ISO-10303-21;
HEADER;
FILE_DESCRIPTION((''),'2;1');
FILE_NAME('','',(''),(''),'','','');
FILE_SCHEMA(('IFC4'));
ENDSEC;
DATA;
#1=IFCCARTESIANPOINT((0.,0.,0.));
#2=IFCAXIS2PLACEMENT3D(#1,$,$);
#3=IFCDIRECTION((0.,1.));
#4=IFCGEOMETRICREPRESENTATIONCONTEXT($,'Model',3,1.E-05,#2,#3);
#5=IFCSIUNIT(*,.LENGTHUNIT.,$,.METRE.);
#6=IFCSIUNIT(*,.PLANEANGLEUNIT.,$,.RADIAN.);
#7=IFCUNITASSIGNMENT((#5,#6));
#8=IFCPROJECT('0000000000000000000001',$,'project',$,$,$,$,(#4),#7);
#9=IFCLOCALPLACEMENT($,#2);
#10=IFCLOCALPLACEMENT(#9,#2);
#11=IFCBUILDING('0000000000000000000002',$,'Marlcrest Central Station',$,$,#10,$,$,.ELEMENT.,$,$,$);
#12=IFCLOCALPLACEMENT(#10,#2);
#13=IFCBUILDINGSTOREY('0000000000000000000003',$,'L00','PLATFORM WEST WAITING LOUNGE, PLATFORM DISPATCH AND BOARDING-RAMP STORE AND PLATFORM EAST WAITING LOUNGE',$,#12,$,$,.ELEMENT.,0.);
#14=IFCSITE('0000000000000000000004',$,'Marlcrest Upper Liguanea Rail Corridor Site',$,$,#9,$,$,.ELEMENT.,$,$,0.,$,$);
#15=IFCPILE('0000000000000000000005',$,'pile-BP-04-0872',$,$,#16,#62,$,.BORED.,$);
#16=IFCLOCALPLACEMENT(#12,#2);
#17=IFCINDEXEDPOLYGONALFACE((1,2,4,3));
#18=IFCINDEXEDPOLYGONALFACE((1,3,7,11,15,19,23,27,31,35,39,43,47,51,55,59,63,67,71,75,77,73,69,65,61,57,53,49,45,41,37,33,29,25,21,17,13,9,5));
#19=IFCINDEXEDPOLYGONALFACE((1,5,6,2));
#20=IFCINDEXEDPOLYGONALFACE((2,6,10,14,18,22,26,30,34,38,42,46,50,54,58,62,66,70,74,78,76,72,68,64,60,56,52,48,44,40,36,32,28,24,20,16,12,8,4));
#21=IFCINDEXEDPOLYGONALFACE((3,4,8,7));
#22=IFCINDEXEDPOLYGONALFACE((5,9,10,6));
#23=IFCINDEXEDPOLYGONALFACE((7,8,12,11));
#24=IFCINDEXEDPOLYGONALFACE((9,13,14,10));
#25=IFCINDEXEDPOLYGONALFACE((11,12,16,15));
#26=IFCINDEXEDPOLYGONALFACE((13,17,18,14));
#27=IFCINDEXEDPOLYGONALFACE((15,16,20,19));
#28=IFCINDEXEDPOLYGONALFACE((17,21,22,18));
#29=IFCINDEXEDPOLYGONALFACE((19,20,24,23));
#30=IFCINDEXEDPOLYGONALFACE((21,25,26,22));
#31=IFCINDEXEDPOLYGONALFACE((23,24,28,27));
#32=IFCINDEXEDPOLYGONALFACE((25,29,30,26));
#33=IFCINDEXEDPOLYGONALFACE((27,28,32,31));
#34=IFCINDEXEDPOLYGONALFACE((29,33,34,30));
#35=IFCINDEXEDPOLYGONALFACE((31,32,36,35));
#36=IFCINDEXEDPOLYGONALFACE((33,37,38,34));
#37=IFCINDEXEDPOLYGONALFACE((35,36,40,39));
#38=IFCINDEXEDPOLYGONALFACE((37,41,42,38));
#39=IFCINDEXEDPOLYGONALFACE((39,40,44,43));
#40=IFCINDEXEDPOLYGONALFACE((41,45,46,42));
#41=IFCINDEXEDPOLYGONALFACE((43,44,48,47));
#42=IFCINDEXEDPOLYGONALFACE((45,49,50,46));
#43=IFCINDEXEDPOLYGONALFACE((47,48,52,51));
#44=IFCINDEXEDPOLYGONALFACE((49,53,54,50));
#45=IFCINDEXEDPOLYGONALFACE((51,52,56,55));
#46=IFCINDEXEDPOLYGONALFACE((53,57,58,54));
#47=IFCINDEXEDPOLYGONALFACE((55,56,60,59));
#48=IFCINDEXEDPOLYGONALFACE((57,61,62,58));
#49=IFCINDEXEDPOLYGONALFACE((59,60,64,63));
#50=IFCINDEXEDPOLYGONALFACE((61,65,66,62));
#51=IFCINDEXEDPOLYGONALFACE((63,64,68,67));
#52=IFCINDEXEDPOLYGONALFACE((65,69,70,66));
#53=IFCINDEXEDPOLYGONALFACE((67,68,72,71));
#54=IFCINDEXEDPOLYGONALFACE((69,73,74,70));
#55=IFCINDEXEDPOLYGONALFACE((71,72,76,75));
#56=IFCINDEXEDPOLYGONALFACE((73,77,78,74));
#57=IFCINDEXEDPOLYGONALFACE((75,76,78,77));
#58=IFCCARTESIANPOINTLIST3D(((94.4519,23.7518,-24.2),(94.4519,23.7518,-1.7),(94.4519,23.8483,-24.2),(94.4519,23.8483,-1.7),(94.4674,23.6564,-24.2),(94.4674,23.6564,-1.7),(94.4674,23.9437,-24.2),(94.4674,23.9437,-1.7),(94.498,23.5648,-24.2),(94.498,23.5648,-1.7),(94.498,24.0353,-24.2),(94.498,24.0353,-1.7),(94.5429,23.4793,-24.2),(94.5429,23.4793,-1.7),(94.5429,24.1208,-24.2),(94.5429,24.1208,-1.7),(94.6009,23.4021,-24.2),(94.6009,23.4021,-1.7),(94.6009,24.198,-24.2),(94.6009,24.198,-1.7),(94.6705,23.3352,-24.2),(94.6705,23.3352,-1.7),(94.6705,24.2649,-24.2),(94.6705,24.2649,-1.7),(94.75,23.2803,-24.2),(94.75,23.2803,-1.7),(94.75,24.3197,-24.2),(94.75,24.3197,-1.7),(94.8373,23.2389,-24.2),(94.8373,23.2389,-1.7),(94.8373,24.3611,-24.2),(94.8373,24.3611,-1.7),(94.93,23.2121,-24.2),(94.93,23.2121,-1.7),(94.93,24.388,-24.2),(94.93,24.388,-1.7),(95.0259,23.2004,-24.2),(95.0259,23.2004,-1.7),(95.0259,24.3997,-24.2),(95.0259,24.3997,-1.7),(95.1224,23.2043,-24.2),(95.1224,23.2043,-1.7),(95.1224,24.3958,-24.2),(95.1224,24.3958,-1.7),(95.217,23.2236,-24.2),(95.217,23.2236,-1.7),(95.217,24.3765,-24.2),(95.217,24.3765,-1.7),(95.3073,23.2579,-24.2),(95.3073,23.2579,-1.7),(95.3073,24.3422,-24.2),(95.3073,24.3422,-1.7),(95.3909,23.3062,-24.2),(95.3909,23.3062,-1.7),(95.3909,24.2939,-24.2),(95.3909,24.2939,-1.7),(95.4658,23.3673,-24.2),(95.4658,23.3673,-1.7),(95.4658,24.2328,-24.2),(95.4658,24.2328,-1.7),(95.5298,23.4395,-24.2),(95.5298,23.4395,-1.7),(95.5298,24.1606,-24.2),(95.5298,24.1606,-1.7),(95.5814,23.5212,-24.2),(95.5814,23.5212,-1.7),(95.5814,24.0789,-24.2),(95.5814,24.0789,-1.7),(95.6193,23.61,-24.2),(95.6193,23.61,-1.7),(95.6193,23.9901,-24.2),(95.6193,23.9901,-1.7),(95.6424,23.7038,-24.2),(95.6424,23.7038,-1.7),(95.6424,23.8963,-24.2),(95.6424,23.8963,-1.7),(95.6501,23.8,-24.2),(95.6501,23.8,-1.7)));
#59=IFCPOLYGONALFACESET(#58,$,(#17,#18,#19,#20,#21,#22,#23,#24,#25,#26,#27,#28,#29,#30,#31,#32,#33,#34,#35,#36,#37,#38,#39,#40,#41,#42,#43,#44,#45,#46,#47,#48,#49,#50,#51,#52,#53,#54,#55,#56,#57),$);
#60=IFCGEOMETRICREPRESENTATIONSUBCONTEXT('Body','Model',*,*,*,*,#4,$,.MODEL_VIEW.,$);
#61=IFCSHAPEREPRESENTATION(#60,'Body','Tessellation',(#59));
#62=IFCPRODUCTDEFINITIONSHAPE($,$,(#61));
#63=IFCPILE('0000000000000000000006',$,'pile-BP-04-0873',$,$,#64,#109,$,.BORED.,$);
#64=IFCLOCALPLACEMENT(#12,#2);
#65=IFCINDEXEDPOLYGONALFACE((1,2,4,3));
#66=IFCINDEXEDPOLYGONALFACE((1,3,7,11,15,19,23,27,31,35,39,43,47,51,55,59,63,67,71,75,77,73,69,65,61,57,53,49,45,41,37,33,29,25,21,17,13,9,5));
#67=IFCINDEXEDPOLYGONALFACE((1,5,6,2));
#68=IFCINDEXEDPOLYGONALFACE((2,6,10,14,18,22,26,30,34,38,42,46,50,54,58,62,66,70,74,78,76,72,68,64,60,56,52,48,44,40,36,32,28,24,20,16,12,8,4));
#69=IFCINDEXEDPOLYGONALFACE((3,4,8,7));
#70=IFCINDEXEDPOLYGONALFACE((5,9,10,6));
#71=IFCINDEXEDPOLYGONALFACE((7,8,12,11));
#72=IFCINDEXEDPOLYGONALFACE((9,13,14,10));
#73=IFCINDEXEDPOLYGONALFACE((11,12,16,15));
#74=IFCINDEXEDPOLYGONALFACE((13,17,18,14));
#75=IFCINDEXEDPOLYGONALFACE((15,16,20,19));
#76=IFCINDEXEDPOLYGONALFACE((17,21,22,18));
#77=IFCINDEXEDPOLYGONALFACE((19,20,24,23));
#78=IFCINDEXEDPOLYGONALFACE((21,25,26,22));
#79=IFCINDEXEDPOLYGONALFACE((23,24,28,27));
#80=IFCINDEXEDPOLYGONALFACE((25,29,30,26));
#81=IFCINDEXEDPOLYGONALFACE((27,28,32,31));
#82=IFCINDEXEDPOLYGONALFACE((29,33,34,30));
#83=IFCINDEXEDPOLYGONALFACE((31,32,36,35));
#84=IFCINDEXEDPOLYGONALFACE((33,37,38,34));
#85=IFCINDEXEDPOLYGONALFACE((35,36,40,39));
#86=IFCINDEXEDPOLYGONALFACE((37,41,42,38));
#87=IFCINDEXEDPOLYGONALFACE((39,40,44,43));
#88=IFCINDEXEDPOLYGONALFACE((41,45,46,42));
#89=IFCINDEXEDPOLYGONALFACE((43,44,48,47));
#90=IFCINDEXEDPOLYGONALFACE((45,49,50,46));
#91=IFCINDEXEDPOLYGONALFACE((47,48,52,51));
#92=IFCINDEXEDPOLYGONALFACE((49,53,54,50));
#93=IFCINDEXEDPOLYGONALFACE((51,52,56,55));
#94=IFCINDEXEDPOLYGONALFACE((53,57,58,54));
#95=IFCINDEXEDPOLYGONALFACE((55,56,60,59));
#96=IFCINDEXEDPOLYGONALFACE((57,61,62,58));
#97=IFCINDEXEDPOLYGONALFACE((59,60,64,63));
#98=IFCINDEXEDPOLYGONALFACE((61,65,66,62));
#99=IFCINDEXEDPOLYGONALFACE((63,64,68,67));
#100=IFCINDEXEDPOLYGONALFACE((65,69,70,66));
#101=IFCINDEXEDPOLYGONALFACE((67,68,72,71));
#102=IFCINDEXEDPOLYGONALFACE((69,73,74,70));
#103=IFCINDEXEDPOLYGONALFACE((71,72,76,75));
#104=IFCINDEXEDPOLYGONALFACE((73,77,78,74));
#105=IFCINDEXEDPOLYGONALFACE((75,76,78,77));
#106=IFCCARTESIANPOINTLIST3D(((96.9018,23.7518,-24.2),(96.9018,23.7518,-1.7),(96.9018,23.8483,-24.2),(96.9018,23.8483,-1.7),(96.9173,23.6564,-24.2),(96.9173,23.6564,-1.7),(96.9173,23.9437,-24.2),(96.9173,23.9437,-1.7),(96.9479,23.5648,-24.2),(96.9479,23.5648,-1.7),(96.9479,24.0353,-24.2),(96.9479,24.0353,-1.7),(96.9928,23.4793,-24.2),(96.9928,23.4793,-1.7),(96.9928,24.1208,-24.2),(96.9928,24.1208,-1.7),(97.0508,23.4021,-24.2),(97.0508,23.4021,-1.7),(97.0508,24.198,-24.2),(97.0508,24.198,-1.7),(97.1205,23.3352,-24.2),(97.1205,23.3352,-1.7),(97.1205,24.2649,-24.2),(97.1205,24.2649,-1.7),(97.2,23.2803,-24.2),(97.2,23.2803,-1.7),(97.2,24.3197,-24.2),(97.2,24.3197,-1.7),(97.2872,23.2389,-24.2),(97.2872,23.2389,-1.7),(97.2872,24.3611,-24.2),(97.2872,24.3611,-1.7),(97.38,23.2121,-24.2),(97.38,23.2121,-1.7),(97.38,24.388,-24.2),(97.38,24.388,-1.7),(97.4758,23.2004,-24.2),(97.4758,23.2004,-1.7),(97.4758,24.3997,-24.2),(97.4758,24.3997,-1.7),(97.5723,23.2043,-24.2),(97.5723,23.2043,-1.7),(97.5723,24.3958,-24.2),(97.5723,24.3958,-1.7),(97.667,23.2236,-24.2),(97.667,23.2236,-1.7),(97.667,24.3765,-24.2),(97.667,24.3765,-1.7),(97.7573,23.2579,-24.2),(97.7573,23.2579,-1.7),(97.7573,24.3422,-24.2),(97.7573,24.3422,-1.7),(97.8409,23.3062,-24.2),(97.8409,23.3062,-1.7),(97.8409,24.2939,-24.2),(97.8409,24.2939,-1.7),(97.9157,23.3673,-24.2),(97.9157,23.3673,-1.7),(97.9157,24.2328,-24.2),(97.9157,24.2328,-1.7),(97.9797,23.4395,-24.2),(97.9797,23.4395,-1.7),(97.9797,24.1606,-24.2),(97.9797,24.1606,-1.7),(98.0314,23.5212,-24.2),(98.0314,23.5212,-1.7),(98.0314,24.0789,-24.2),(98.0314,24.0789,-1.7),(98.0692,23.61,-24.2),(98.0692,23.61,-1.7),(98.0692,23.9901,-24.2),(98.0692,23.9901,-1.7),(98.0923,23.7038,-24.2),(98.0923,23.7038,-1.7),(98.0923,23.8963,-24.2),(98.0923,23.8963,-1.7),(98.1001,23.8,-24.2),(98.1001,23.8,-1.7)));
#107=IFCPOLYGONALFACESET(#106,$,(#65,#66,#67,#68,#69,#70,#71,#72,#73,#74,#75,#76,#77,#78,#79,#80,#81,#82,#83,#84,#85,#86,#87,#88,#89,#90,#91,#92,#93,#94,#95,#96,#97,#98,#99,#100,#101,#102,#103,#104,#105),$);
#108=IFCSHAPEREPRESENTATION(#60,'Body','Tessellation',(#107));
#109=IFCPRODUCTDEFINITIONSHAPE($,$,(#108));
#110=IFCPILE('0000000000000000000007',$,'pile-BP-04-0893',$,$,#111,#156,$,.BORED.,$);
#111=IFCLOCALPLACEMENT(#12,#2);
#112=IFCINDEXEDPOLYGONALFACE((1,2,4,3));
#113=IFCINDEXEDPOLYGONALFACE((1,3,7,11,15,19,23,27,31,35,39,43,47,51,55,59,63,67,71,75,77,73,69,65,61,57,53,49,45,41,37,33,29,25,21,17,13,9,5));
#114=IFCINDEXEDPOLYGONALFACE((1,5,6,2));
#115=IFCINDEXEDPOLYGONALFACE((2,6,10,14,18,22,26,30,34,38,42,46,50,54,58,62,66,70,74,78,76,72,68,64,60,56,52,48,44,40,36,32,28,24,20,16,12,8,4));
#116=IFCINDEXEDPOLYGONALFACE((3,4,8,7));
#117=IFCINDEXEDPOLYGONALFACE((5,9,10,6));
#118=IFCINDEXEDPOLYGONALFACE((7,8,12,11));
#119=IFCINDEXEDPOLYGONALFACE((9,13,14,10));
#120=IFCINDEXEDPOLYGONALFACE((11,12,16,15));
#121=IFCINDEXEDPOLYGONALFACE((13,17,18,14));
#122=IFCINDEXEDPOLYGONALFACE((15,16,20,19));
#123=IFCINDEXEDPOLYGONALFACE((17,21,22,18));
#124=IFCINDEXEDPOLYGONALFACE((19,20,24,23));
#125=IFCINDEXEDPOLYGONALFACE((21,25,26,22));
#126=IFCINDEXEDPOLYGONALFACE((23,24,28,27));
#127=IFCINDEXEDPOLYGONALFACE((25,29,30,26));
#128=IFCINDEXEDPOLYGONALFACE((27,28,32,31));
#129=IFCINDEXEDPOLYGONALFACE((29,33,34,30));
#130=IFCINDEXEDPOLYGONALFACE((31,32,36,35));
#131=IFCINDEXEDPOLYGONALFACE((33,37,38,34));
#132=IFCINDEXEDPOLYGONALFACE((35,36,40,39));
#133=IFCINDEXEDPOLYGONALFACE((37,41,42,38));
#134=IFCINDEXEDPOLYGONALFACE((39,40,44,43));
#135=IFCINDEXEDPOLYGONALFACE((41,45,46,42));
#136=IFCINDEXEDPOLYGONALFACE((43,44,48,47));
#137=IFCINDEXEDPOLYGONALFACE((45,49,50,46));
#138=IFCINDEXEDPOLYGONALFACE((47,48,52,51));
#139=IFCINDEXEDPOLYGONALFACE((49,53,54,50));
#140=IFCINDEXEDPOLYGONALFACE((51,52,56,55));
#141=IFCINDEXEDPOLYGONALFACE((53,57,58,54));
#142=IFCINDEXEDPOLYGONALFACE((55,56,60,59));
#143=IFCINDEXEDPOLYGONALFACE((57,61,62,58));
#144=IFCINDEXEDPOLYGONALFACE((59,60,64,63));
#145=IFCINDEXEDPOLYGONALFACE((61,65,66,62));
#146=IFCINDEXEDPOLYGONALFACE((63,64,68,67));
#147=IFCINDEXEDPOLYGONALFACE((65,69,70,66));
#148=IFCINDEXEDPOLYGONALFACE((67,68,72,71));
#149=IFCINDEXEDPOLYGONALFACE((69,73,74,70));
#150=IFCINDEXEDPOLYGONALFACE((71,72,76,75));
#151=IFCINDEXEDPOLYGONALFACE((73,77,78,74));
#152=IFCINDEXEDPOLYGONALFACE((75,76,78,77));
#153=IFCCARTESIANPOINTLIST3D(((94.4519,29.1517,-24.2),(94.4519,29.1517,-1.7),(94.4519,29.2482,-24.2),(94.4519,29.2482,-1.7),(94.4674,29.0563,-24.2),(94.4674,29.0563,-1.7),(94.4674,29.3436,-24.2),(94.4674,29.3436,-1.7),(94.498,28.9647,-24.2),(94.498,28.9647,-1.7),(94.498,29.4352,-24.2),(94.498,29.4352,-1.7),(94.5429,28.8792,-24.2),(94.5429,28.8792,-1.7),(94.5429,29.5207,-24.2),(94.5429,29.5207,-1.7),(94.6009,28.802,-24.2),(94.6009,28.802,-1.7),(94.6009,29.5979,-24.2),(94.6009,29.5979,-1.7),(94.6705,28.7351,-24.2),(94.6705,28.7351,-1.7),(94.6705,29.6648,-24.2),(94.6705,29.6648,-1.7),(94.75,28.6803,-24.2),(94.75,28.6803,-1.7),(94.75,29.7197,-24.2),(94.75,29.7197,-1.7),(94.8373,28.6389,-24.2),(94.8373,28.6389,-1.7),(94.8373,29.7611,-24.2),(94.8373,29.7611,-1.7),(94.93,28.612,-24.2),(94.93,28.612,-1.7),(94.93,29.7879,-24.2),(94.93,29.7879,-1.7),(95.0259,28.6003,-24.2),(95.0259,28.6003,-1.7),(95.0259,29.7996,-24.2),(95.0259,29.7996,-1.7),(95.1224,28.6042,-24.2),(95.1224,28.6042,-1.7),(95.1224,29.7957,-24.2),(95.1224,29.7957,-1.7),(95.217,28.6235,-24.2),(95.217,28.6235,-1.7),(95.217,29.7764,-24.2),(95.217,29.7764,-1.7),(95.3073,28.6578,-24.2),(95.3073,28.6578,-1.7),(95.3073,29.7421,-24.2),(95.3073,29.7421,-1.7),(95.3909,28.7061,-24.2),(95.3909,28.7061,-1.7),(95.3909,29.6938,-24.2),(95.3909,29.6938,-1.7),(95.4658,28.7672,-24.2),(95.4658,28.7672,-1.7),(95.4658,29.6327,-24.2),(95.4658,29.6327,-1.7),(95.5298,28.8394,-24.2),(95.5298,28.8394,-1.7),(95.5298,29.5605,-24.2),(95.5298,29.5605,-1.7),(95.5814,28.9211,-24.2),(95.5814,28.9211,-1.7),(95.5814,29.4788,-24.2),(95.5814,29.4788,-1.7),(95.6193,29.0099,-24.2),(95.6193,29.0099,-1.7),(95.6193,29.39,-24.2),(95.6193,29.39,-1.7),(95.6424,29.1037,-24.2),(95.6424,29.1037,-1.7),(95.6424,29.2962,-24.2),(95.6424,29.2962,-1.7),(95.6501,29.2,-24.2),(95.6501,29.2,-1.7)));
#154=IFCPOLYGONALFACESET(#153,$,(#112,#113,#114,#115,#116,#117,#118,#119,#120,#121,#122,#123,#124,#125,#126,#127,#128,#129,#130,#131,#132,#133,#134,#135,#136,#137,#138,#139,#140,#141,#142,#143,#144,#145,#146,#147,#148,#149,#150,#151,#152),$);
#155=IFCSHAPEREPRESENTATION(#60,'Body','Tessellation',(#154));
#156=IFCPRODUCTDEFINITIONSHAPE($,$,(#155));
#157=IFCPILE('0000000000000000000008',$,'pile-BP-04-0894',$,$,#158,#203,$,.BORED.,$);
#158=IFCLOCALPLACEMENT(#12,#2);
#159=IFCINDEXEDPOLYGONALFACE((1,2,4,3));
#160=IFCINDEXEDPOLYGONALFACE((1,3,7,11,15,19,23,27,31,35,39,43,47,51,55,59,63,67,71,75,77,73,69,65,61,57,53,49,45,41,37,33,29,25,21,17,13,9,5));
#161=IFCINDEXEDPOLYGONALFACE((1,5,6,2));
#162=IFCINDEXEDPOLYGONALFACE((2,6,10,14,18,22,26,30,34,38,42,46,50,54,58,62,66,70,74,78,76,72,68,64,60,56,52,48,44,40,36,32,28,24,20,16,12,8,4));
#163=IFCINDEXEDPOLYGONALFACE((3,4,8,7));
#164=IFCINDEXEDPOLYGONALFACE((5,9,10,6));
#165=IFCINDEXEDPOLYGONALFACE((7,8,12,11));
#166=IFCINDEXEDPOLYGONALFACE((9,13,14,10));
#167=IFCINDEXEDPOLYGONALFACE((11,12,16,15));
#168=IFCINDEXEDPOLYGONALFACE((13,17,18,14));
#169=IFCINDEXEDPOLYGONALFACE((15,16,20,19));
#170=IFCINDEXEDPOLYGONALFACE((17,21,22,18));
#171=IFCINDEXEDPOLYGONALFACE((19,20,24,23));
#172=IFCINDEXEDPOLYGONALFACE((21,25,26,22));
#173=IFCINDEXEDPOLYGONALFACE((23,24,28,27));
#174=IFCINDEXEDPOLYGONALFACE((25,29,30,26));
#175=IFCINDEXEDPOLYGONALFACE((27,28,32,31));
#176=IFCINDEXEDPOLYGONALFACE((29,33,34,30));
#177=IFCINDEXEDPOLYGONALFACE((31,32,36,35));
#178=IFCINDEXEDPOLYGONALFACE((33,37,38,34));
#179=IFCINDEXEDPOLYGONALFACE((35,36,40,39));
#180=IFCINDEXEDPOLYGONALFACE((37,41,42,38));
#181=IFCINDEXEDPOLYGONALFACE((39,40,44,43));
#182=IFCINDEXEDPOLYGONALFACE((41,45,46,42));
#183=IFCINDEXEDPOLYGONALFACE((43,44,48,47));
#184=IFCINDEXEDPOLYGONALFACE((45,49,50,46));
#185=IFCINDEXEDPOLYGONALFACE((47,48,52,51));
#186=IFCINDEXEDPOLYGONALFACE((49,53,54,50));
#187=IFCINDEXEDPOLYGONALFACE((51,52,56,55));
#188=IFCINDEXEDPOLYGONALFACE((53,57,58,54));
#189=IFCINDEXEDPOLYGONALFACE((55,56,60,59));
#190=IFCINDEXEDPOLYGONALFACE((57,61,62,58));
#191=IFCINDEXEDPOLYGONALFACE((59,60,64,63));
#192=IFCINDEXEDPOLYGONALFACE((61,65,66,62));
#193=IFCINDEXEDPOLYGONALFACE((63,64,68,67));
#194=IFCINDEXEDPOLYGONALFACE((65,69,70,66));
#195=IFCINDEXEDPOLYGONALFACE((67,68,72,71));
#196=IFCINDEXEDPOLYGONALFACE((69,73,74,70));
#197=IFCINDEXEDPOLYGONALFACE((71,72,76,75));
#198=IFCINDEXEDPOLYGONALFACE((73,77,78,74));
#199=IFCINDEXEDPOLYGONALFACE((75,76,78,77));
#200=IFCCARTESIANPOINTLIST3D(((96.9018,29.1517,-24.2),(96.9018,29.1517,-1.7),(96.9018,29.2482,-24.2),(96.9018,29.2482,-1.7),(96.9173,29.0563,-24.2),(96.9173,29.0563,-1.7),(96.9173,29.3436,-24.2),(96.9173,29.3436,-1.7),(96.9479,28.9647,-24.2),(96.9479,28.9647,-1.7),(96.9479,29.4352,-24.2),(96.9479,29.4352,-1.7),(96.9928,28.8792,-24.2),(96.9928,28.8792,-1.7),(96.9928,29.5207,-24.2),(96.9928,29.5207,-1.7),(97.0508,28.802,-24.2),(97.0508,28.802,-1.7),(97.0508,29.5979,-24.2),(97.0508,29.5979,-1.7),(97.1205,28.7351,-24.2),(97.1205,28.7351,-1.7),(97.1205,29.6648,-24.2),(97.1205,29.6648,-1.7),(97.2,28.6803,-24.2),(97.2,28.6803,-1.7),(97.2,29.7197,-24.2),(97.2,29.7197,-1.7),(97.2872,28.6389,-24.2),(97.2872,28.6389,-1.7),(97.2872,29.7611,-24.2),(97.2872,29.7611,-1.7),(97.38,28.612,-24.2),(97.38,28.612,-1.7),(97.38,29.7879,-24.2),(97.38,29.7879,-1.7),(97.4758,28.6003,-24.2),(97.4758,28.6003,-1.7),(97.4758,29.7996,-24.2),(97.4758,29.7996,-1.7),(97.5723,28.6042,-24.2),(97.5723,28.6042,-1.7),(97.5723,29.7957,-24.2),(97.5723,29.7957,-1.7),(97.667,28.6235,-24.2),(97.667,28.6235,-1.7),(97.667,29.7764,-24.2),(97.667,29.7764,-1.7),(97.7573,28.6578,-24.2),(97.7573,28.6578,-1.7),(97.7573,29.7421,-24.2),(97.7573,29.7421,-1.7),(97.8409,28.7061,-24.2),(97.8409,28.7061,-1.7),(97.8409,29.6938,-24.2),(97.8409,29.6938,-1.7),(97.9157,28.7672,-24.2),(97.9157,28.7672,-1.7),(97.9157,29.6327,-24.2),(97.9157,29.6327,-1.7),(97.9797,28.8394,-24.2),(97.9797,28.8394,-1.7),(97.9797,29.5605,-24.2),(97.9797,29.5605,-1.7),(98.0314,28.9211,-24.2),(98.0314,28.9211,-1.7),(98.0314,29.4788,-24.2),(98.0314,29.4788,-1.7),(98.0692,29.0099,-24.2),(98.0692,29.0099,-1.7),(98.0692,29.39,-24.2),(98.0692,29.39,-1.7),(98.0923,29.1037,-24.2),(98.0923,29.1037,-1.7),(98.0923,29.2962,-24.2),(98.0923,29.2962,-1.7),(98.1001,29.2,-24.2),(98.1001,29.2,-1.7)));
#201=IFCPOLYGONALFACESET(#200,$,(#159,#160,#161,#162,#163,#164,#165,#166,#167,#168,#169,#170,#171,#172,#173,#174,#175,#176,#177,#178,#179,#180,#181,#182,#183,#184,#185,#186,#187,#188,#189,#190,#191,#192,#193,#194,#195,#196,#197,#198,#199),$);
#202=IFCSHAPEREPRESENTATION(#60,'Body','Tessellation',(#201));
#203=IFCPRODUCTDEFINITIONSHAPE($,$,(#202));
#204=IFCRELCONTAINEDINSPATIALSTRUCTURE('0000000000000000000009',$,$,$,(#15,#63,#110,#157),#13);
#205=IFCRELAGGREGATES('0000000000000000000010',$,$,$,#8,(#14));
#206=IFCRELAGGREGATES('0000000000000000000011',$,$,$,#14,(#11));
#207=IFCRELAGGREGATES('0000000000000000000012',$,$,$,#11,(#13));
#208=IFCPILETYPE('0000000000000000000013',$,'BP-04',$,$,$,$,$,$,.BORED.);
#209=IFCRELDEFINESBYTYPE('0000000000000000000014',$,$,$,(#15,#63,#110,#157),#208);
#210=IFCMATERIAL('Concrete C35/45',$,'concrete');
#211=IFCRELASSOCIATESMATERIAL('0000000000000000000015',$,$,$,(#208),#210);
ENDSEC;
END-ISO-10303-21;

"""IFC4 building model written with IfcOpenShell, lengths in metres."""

from ifc_helpers import new_model, si_unit, direction, frame, origin, origin_2d, place, context, subcontext, project, spatial, circle, extrude, material, material_profile, profile_set, type_object, element, save


model = new_model("IFC4")

# Units and contexts
model_context = context("Model", 3, precision=1e-05, world=origin(), true_north=direction((0.0, 1.0)))
body_context = subcontext(model_context, "Body", "Model", "MODEL_VIEW")
ifc_project = project(units=[si_unit("LENGTHUNIT", "METRE"), si_unit("PLANEANGLEUNIT", "RADIAN")], contexts=[model_context])

# Site, building, storey
site_placement = place(None, origin())
site = spatial("IfcSite", under=ifc_project, at=site_placement, Name="Marlcrest Upper Liguanea Rail Corridor Site", CompositionType="ELEMENT", RefElevation=0.0)
building_placement = place(site_placement, origin())
building = spatial("IfcBuilding", under=site, at=building_placement, Name="Marlcrest Central Station", CompositionType="ELEMENT")
storey_placement = place(building_placement, origin())
storey = spatial("IfcBuildingStorey", under=building, at=storey_placement, Name="L00", Description="PLATFORM WEST WAITING LOUNGE, PLATFORM DISPATCH AND BOARDING-RAMP STORE AND PLATFORM EAST WAITING LOUNGE", CompositionType="ELEMENT", Elevation=0.0)

# Piles
ifc_material_1 = material(Name="Concrete C35/45", Category="concrete")
ifc_material_profile_1 = material_profile(ifc_material_1, circle(Radius=0.6001, at=origin_2d()), Name="PILE D1200")
ifc_profile_set_1 = profile_set([ifc_material_profile_1], Name="Concrete C35/45")
pile_type = type_object("IfcPileType", Name="BP-04", PredefinedType="BORED", material=ifc_profile_set_1)
for number, where, z_axis, x_axis, name in (
    (1, (95.05, 23.8, -1.7), (0.0, 0.0, -1.0), (1.0, 0.0, 0.0), "pile-BP-04-0872"),
    (2, (97.5, 23.8, -1.7), (0.0, 0.0, -1.0), (1.0, 0.0, 0.0), "pile-BP-04-0873"),
    (3, (95.05, 29.2, -1.7), (0.0, 0.0, -1.0), (1.0, 0.0, 0.0), "pile-BP-04-0893"),
    (4, (97.5, 29.2, -1.7), (0.0, 0.0, -1.0), (1.0, 0.0, 0.0), "pile-BP-04-0894"),
):
    element("IfcPile", number, at=place(storey_placement, frame(where, z_axis=z_axis, x_axis=x_axis)), inside=storey, type_object=pile_type, Name=name, PredefinedType="BORED", context=body_context, shape_type="SweptSolid", body=[
        extrude(circle(Radius=0.6001, at=origin_2d()), origin(), (0.0, 0.0, 1.0), 22.5),
    ])

save(model, "model.ifc")
